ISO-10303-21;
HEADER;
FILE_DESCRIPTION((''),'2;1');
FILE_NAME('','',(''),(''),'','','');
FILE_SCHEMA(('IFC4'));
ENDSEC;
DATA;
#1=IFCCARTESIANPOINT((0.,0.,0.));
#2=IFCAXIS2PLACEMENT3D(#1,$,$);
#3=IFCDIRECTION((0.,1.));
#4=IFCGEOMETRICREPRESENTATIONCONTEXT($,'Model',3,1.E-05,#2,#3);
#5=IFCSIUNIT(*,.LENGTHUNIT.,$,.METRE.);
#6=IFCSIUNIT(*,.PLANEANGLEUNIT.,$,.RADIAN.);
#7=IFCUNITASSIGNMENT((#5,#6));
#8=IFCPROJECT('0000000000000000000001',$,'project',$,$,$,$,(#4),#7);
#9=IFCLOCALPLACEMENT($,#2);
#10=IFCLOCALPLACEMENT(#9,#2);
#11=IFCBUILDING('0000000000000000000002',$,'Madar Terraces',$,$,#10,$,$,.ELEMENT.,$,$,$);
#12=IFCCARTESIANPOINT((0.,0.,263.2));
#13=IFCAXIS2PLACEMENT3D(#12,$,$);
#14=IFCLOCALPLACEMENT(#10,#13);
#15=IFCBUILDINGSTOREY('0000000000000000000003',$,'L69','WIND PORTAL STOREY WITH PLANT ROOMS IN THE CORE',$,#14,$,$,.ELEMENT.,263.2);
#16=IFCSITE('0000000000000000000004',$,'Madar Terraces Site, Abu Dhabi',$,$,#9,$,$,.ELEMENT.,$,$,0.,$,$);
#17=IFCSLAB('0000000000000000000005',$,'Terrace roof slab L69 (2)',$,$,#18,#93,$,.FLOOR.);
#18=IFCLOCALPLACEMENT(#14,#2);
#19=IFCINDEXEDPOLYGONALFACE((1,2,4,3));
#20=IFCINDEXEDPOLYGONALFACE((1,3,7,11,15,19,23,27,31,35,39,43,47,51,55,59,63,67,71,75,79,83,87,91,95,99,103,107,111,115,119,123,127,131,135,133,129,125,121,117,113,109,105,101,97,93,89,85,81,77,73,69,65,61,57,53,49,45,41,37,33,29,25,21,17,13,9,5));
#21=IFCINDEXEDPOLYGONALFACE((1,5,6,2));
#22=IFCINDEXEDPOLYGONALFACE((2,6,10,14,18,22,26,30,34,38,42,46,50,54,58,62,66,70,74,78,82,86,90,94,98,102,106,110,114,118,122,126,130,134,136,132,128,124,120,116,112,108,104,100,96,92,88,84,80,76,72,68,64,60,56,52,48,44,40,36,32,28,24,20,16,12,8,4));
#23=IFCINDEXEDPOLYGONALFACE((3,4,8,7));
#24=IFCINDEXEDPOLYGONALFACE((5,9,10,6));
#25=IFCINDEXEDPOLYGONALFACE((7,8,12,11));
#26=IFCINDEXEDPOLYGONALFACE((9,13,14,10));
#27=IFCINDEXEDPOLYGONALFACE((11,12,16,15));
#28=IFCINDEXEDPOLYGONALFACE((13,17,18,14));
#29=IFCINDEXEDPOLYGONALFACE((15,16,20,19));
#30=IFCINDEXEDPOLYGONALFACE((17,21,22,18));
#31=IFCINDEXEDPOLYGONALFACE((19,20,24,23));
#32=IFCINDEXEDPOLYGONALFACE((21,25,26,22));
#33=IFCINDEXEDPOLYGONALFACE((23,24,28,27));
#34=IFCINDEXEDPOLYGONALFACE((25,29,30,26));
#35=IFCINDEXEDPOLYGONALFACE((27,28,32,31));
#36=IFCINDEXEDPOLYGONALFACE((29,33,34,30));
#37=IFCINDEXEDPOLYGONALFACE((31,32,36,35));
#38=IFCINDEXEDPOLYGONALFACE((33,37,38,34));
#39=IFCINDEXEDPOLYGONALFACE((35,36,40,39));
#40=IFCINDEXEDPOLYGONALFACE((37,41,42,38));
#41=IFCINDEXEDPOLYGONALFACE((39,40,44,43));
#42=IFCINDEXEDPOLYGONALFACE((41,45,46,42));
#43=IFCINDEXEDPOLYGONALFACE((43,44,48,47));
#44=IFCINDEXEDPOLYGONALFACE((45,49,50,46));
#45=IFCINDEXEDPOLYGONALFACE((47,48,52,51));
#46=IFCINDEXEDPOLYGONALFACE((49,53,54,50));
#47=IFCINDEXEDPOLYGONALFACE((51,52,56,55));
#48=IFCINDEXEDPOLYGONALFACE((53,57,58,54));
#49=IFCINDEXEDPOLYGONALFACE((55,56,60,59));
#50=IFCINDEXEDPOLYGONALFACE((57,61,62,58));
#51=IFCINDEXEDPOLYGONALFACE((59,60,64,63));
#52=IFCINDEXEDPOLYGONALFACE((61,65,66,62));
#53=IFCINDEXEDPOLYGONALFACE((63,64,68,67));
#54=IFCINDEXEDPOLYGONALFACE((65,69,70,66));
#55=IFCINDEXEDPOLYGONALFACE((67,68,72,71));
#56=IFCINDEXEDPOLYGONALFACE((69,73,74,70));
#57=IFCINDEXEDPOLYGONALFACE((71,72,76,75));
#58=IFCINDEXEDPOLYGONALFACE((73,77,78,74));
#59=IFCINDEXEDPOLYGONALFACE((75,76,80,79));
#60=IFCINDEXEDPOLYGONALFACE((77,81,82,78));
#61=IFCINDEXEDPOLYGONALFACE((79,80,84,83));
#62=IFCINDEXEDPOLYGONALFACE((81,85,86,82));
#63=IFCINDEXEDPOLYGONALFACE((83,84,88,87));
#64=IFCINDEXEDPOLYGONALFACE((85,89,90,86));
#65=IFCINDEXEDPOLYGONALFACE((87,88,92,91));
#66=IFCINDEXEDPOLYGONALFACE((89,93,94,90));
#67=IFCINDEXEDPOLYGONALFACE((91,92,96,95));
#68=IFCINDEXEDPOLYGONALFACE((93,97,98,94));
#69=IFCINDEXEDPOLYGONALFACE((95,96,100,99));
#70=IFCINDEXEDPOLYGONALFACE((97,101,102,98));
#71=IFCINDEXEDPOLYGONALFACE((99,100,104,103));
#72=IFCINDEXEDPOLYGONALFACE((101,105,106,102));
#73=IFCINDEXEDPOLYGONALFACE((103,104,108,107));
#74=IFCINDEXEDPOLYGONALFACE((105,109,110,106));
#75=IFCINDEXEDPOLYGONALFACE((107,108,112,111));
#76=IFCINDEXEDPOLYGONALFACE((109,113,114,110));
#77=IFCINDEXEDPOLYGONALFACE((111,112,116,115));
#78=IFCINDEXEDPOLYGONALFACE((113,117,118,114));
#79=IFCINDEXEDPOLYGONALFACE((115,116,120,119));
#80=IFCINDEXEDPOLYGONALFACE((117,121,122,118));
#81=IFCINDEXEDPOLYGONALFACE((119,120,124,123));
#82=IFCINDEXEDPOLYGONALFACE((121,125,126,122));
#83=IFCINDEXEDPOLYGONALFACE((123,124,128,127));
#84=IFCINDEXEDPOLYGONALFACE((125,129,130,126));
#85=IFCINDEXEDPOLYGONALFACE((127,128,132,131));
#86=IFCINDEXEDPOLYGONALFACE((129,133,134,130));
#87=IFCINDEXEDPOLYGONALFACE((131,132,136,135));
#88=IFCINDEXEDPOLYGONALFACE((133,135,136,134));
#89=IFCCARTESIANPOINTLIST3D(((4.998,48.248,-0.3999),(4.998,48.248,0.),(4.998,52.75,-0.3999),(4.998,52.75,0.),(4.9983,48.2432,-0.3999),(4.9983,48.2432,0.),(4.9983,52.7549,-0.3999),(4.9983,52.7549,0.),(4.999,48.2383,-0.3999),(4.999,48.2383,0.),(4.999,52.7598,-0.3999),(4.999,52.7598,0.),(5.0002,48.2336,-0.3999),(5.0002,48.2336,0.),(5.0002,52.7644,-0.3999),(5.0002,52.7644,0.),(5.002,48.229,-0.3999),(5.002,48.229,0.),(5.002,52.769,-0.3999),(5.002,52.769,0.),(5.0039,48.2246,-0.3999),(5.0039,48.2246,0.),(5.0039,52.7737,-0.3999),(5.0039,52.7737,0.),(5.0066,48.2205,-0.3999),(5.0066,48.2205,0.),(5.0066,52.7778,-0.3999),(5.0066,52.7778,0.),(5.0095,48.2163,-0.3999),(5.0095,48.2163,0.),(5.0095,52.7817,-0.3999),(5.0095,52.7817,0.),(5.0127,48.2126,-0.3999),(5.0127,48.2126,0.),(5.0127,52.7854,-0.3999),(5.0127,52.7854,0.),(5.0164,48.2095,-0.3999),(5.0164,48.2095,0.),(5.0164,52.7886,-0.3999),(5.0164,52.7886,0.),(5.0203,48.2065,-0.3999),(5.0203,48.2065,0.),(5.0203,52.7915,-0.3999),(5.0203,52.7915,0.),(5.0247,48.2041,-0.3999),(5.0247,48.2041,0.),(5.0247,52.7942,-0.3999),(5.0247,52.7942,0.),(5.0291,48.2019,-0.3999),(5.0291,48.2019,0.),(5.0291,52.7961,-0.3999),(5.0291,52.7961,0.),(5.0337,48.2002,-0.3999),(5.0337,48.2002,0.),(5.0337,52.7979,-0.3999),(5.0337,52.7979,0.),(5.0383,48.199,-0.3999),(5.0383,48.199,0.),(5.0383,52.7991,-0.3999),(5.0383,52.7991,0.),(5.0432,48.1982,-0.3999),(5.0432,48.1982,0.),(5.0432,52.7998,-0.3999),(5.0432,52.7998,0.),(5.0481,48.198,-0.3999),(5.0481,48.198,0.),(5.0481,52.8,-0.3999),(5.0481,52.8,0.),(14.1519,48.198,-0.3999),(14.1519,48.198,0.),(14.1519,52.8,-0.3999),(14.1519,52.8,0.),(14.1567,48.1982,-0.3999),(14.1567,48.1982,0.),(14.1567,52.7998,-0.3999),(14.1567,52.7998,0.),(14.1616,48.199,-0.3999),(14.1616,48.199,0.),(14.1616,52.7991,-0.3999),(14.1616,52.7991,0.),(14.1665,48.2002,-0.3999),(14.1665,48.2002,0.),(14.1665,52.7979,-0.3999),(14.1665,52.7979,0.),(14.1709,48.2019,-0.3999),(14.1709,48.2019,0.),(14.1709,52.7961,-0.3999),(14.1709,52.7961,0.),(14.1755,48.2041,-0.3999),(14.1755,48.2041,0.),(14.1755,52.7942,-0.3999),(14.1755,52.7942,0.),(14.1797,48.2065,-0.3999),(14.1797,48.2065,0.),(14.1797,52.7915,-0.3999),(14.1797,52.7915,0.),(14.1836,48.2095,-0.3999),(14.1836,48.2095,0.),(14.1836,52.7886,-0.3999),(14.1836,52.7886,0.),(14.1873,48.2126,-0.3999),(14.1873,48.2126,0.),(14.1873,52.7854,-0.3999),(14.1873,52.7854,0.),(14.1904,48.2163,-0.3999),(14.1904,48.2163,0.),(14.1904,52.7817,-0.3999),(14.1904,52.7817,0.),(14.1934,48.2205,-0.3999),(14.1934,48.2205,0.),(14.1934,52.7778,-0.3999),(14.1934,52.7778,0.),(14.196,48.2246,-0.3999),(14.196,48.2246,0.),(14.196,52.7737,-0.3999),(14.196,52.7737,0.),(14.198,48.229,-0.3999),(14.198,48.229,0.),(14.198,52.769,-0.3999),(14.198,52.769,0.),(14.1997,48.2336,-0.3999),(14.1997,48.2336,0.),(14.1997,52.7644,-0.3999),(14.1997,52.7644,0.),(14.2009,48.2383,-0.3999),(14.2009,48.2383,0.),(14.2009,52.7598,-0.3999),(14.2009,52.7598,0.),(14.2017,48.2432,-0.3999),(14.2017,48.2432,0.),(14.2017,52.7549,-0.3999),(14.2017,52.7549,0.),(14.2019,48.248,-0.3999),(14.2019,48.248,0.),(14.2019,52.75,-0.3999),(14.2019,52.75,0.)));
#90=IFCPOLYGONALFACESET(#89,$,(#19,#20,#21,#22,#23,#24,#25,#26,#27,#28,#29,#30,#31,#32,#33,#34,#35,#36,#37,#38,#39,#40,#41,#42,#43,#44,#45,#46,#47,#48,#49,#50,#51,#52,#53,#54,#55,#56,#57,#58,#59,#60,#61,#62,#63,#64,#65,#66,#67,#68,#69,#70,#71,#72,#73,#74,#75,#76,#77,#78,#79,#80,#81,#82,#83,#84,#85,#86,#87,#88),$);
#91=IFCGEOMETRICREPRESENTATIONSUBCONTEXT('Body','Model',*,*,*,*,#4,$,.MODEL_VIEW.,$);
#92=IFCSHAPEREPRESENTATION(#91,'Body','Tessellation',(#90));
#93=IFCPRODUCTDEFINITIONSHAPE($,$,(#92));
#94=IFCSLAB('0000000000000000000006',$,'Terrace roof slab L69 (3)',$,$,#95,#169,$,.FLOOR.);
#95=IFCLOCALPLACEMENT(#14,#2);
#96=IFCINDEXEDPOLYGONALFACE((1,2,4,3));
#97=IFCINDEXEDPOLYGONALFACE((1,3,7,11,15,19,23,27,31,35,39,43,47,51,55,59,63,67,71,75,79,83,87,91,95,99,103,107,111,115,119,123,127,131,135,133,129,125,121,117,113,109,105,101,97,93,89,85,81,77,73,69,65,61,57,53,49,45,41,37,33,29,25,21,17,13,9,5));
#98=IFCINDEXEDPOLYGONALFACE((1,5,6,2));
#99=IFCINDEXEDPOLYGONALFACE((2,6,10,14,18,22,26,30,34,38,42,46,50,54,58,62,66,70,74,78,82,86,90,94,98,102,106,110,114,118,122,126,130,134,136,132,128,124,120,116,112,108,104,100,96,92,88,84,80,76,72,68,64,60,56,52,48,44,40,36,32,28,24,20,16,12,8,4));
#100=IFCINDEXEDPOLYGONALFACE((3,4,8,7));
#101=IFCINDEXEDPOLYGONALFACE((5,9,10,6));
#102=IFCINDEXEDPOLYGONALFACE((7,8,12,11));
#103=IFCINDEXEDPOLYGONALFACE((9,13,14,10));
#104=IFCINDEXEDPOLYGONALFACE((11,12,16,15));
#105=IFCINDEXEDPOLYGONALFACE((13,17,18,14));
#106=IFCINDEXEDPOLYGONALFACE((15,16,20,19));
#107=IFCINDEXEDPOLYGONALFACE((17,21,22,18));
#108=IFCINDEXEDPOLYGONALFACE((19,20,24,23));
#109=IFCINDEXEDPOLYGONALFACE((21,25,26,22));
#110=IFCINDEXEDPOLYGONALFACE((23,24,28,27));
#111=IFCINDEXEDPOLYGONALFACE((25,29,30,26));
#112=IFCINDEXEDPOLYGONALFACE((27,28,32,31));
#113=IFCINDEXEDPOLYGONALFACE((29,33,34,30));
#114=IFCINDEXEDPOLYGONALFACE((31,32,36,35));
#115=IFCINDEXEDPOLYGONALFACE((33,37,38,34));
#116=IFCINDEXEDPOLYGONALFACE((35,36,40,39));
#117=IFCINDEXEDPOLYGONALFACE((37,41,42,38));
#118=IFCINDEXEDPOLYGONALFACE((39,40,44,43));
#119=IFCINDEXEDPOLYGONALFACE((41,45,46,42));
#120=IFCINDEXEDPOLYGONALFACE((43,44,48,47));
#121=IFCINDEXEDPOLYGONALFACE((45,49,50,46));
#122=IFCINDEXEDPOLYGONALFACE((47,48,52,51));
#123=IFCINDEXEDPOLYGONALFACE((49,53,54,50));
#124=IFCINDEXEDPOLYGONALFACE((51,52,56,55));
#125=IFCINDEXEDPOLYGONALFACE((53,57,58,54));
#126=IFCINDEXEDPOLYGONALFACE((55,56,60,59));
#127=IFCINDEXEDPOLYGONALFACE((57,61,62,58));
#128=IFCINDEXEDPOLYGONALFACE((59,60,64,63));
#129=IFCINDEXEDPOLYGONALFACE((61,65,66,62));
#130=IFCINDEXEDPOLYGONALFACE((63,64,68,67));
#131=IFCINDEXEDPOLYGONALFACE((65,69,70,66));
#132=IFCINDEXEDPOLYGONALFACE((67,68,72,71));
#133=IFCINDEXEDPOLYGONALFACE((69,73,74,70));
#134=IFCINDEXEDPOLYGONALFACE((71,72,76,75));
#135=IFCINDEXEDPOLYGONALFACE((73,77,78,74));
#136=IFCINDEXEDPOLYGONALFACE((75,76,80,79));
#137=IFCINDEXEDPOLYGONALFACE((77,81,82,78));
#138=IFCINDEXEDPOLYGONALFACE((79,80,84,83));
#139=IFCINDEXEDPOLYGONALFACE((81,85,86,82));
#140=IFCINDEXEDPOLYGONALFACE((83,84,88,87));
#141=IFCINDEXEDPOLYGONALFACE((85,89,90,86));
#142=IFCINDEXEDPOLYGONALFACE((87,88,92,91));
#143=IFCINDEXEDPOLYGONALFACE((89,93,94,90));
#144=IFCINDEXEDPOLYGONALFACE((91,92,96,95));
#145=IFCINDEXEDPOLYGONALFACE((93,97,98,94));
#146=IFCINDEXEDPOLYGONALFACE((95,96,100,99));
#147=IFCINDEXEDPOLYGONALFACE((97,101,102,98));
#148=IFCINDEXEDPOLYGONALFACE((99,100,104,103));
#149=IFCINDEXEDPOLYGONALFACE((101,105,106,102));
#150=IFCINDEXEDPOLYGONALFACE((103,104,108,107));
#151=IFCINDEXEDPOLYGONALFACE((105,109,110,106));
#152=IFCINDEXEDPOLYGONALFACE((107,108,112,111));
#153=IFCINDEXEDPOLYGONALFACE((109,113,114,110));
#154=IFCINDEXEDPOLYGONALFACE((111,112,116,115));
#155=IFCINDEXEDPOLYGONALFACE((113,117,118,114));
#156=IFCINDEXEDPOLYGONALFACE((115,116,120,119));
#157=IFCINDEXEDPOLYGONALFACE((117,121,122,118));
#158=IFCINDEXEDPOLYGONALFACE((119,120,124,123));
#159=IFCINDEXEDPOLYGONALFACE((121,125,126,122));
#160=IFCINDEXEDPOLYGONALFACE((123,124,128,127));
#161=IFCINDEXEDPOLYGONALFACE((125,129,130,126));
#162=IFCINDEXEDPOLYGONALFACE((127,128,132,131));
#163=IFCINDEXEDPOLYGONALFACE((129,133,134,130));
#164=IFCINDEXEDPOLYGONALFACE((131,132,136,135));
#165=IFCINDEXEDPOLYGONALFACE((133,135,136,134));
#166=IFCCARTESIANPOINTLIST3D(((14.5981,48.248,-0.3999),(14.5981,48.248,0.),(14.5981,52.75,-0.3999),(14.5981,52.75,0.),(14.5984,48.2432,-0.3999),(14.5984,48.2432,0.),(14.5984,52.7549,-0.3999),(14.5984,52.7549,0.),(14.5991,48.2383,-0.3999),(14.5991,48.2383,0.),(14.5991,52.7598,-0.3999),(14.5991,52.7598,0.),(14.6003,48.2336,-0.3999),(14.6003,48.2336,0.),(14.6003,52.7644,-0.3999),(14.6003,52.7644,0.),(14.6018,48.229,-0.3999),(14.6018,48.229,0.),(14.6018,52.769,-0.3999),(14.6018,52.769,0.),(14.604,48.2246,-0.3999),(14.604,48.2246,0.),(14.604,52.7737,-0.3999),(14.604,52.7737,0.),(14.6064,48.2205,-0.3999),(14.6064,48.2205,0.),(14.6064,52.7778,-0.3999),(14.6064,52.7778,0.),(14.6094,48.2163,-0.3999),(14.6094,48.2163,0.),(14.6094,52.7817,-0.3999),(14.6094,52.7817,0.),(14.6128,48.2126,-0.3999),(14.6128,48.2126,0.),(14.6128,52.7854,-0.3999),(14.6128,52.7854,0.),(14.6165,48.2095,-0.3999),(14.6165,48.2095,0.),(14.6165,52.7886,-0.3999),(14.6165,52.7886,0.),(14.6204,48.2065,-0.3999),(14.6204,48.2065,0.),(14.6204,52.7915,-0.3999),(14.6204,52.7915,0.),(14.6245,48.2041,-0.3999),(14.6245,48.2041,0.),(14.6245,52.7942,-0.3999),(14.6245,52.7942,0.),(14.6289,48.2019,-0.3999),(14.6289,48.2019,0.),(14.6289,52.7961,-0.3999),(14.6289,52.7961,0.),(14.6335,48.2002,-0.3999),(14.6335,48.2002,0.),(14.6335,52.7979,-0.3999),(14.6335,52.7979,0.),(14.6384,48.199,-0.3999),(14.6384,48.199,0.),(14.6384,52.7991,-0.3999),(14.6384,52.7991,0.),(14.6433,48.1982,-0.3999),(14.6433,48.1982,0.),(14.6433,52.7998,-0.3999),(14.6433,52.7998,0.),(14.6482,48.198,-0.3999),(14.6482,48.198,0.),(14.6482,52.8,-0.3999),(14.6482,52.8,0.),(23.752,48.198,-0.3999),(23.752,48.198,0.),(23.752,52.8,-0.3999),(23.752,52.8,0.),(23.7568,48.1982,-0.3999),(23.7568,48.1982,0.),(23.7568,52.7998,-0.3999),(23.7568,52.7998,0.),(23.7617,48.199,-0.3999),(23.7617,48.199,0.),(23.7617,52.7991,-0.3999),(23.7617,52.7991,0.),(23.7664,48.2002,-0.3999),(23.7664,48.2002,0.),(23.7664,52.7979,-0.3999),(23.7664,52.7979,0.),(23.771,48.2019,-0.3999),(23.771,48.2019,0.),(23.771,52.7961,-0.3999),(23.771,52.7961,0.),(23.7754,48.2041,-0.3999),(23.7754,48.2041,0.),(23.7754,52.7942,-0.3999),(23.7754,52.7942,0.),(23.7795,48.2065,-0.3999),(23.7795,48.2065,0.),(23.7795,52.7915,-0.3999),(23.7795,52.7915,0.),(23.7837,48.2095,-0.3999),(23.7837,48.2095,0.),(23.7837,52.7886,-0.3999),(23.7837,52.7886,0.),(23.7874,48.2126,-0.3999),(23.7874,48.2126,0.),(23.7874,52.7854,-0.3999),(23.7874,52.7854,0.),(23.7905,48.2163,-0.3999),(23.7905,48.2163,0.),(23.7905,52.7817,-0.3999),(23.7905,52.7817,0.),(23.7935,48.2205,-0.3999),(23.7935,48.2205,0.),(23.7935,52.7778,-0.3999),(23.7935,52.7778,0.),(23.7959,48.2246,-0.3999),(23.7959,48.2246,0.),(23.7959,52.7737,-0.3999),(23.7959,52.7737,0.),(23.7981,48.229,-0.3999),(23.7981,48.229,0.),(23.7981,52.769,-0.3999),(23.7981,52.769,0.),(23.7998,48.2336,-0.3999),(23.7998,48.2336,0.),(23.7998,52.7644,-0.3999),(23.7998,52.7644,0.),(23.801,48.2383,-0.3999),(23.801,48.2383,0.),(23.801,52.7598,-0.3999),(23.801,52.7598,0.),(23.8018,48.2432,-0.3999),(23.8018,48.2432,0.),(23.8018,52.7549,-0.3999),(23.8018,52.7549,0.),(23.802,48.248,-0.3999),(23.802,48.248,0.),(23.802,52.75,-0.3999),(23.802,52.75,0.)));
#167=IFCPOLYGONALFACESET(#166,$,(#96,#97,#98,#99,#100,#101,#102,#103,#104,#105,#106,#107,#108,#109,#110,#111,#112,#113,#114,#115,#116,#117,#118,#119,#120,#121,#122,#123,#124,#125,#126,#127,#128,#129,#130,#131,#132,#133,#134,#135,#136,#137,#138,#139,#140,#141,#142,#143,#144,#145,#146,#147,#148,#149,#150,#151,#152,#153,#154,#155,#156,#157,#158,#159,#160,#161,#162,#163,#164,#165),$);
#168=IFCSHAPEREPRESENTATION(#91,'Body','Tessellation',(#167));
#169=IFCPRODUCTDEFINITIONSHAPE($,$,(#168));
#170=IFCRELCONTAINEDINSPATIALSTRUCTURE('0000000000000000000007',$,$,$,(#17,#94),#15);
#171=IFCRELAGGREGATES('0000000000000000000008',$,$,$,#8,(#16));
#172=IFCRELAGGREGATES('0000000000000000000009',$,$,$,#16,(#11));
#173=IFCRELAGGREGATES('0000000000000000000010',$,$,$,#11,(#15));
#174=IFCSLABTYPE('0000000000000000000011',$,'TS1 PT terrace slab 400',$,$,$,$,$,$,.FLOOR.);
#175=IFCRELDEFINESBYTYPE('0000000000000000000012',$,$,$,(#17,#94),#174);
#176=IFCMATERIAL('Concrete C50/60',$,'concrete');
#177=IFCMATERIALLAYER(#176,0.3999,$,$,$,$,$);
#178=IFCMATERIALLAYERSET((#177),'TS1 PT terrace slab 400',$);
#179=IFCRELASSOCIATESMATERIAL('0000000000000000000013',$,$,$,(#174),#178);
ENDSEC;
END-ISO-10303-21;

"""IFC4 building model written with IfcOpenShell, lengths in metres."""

from ifc_helpers import new_model, si_unit, direction, frame, origin, place, context, subcontext, project, spatial, polyline, outline, extrude, material, layer, layer_set, type_object, element, save


model = new_model("IFC4")

# Units and contexts
model_context = context("Model", 3, precision=1e-05, world=origin(), true_north=direction((0.0, 1.0)))
body_context = subcontext(model_context, "Body", "Model", "MODEL_VIEW")
ifc_project = project(units=[si_unit("LENGTHUNIT", "METRE"), si_unit("PLANEANGLEUNIT", "RADIAN")], contexts=[model_context])

# Site, building, storey
site_placement = place(None, origin())
site = spatial("IfcSite", under=ifc_project, at=site_placement, Name="Madar Terraces Site, Abu Dhabi", CompositionType="ELEMENT", RefElevation=0.0)
building_placement = place(site_placement, origin())
building = spatial("IfcBuilding", under=site, at=building_placement, Name="Madar Terraces", CompositionType="ELEMENT")
storey_placement = place(building_placement, frame((0.0, 0.0, 263.2)))
storey = spatial("IfcBuildingStorey", under=building, at=storey_placement, Name="L69", Description="WIND PORTAL STOREY WITH PLANT ROOMS IN THE CORE", CompositionType="ELEMENT", Elevation=263.2)

# Slabs
ifc_material_1 = material(Name="Concrete C50/60", Category="concrete")
ifc_layer_1 = layer(ifc_material_1, 0.3999)
ifc_layer_set_1 = layer_set([ifc_layer_1], Name="TS1 PT terrace slab 400")
slab_type_1 = type_object("IfcSlabType", Name="TS1 PT terrace slab 400", PredefinedType="FLOOR", material=ifc_layer_set_1)
slab_1_placement = place(storey_placement, frame((0.0, 0.0, -0.3999)))
element("IfcSlab", 1, at=slab_1_placement, inside=storey, type_object=slab_type_1, Name="Terrace roof slab L69 (2)", PredefinedType="FLOOR", context=body_context, shape_type="SweptSolid", body=[
    extrude(outline(polyline([(14.1616, 52.7991), (14.1567, 52.7998), (14.1519, 52.8), (5.0481, 52.8), (5.0432, 52.7998), (5.0383, 52.7991), (5.0337, 52.7979), (5.0291, 52.7961), (5.0247, 52.7942), (5.0203, 52.7915), (5.0164, 52.7886), (5.0127, 52.7854), (5.0095, 52.7817), (5.0066, 52.7778), (5.0039, 52.7737), (5.002, 52.769), (5.0002, 52.7644), (4.999, 52.7598), (4.9983, 52.7549), (4.998, 52.75), (4.998, 48.248), (4.9983, 48.2432), (4.999, 48.2383), (5.0002, 48.2336), (5.002, 48.229), (5.0039, 48.2246), (5.0066, 48.2205), (5.0095, 48.2163), (5.0127, 48.2126), (5.0164, 48.2095), (5.0203, 48.2065), (5.0247, 48.2041), (5.0291, 48.2019), (5.0337, 48.2002), (5.0383, 48.199), (5.0432, 48.1982), (5.0481, 48.198), (14.1519, 48.198), (14.1567, 48.1982), (14.1616, 48.199), (14.1665, 48.2002), (14.1709, 48.2019), (14.1755, 48.2041), (14.1797, 48.2065), (14.1836, 48.2095), (14.1873, 48.2126), (14.1904, 48.2163), (14.1934, 48.2205), (14.196, 48.2246), (14.198, 48.229), (14.1997, 48.2336), (14.2009, 48.2383), (14.2017, 48.2432), (14.2019, 48.248), (14.2019, 52.75), (14.2017, 52.7549), (14.2009, 52.7598), (14.1997, 52.7644), (14.198, 52.769), (14.196, 52.7737), (14.1934, 52.7778), (14.1904, 52.7817), (14.1873, 52.7854), (14.1836, 52.7886), (14.1797, 52.7915), (14.1755, 52.7942), (14.1709, 52.7961), (14.1665, 52.7979), (14.1616, 52.7991)])), origin(), (0.0, 0.0, 1.0), 0.3999),
])
slab_2_placement = place(storey_placement, frame((0.0, 0.0, -0.3999)))
element("IfcSlab", 2, at=slab_2_placement, inside=storey, type_object=slab_type_1, Name="Terrace roof slab L69 (3)", PredefinedType="FLOOR", context=body_context, shape_type="SweptSolid", body=[
    extrude(outline(polyline([(23.7617, 52.7991), (23.7568, 52.7998), (23.752, 52.8), (14.6482, 52.8), (14.6433, 52.7998), (14.6384, 52.7991), (14.6335, 52.7979), (14.6289, 52.7961), (14.6245, 52.7942), (14.6204, 52.7915), (14.6165, 52.7886), (14.6128, 52.7854), (14.6094, 52.7817), (14.6064, 52.7778), (14.604, 52.7737), (14.6018, 52.769), (14.6003, 52.7644), (14.5991, 52.7598), (14.5984, 52.7549), (14.5981, 52.75), (14.5981, 48.248), (14.5984, 48.2432), (14.5991, 48.2383), (14.6003, 48.2336), (14.6018, 48.229), (14.604, 48.2246), (14.6064, 48.2205), (14.6094, 48.2163), (14.6128, 48.2126), (14.6165, 48.2095), (14.6204, 48.2065), (14.6245, 48.2041), (14.6289, 48.2019), (14.6335, 48.2002), (14.6384, 48.199), (14.6433, 48.1982), (14.6482, 48.198), (23.752, 48.198), (23.7568, 48.1982), (23.7617, 48.199), (23.7664, 48.2002), (23.771, 48.2019), (23.7754, 48.2041), (23.7795, 48.2065), (23.7837, 48.2095), (23.7874, 48.2126), (23.7905, 48.2163), (23.7935, 48.2205), (23.7959, 48.2246), (23.7981, 48.229), (23.7998, 48.2336), (23.801, 48.2383), (23.8018, 48.2432), (23.802, 48.248), (23.802, 52.75), (23.8018, 52.7549), (23.801, 52.7598), (23.7998, 52.7644), (23.7981, 52.769), (23.7959, 52.7737), (23.7935, 52.7778), (23.7905, 52.7817), (23.7874, 52.7854), (23.7837, 52.7886), (23.7795, 52.7915), (23.7754, 52.7942), (23.771, 52.7961), (23.7664, 52.7979), (23.7617, 52.7991)])), origin(), (0.0, 0.0, 1.0), 0.3999),
])

save(model, "model.ifc")
